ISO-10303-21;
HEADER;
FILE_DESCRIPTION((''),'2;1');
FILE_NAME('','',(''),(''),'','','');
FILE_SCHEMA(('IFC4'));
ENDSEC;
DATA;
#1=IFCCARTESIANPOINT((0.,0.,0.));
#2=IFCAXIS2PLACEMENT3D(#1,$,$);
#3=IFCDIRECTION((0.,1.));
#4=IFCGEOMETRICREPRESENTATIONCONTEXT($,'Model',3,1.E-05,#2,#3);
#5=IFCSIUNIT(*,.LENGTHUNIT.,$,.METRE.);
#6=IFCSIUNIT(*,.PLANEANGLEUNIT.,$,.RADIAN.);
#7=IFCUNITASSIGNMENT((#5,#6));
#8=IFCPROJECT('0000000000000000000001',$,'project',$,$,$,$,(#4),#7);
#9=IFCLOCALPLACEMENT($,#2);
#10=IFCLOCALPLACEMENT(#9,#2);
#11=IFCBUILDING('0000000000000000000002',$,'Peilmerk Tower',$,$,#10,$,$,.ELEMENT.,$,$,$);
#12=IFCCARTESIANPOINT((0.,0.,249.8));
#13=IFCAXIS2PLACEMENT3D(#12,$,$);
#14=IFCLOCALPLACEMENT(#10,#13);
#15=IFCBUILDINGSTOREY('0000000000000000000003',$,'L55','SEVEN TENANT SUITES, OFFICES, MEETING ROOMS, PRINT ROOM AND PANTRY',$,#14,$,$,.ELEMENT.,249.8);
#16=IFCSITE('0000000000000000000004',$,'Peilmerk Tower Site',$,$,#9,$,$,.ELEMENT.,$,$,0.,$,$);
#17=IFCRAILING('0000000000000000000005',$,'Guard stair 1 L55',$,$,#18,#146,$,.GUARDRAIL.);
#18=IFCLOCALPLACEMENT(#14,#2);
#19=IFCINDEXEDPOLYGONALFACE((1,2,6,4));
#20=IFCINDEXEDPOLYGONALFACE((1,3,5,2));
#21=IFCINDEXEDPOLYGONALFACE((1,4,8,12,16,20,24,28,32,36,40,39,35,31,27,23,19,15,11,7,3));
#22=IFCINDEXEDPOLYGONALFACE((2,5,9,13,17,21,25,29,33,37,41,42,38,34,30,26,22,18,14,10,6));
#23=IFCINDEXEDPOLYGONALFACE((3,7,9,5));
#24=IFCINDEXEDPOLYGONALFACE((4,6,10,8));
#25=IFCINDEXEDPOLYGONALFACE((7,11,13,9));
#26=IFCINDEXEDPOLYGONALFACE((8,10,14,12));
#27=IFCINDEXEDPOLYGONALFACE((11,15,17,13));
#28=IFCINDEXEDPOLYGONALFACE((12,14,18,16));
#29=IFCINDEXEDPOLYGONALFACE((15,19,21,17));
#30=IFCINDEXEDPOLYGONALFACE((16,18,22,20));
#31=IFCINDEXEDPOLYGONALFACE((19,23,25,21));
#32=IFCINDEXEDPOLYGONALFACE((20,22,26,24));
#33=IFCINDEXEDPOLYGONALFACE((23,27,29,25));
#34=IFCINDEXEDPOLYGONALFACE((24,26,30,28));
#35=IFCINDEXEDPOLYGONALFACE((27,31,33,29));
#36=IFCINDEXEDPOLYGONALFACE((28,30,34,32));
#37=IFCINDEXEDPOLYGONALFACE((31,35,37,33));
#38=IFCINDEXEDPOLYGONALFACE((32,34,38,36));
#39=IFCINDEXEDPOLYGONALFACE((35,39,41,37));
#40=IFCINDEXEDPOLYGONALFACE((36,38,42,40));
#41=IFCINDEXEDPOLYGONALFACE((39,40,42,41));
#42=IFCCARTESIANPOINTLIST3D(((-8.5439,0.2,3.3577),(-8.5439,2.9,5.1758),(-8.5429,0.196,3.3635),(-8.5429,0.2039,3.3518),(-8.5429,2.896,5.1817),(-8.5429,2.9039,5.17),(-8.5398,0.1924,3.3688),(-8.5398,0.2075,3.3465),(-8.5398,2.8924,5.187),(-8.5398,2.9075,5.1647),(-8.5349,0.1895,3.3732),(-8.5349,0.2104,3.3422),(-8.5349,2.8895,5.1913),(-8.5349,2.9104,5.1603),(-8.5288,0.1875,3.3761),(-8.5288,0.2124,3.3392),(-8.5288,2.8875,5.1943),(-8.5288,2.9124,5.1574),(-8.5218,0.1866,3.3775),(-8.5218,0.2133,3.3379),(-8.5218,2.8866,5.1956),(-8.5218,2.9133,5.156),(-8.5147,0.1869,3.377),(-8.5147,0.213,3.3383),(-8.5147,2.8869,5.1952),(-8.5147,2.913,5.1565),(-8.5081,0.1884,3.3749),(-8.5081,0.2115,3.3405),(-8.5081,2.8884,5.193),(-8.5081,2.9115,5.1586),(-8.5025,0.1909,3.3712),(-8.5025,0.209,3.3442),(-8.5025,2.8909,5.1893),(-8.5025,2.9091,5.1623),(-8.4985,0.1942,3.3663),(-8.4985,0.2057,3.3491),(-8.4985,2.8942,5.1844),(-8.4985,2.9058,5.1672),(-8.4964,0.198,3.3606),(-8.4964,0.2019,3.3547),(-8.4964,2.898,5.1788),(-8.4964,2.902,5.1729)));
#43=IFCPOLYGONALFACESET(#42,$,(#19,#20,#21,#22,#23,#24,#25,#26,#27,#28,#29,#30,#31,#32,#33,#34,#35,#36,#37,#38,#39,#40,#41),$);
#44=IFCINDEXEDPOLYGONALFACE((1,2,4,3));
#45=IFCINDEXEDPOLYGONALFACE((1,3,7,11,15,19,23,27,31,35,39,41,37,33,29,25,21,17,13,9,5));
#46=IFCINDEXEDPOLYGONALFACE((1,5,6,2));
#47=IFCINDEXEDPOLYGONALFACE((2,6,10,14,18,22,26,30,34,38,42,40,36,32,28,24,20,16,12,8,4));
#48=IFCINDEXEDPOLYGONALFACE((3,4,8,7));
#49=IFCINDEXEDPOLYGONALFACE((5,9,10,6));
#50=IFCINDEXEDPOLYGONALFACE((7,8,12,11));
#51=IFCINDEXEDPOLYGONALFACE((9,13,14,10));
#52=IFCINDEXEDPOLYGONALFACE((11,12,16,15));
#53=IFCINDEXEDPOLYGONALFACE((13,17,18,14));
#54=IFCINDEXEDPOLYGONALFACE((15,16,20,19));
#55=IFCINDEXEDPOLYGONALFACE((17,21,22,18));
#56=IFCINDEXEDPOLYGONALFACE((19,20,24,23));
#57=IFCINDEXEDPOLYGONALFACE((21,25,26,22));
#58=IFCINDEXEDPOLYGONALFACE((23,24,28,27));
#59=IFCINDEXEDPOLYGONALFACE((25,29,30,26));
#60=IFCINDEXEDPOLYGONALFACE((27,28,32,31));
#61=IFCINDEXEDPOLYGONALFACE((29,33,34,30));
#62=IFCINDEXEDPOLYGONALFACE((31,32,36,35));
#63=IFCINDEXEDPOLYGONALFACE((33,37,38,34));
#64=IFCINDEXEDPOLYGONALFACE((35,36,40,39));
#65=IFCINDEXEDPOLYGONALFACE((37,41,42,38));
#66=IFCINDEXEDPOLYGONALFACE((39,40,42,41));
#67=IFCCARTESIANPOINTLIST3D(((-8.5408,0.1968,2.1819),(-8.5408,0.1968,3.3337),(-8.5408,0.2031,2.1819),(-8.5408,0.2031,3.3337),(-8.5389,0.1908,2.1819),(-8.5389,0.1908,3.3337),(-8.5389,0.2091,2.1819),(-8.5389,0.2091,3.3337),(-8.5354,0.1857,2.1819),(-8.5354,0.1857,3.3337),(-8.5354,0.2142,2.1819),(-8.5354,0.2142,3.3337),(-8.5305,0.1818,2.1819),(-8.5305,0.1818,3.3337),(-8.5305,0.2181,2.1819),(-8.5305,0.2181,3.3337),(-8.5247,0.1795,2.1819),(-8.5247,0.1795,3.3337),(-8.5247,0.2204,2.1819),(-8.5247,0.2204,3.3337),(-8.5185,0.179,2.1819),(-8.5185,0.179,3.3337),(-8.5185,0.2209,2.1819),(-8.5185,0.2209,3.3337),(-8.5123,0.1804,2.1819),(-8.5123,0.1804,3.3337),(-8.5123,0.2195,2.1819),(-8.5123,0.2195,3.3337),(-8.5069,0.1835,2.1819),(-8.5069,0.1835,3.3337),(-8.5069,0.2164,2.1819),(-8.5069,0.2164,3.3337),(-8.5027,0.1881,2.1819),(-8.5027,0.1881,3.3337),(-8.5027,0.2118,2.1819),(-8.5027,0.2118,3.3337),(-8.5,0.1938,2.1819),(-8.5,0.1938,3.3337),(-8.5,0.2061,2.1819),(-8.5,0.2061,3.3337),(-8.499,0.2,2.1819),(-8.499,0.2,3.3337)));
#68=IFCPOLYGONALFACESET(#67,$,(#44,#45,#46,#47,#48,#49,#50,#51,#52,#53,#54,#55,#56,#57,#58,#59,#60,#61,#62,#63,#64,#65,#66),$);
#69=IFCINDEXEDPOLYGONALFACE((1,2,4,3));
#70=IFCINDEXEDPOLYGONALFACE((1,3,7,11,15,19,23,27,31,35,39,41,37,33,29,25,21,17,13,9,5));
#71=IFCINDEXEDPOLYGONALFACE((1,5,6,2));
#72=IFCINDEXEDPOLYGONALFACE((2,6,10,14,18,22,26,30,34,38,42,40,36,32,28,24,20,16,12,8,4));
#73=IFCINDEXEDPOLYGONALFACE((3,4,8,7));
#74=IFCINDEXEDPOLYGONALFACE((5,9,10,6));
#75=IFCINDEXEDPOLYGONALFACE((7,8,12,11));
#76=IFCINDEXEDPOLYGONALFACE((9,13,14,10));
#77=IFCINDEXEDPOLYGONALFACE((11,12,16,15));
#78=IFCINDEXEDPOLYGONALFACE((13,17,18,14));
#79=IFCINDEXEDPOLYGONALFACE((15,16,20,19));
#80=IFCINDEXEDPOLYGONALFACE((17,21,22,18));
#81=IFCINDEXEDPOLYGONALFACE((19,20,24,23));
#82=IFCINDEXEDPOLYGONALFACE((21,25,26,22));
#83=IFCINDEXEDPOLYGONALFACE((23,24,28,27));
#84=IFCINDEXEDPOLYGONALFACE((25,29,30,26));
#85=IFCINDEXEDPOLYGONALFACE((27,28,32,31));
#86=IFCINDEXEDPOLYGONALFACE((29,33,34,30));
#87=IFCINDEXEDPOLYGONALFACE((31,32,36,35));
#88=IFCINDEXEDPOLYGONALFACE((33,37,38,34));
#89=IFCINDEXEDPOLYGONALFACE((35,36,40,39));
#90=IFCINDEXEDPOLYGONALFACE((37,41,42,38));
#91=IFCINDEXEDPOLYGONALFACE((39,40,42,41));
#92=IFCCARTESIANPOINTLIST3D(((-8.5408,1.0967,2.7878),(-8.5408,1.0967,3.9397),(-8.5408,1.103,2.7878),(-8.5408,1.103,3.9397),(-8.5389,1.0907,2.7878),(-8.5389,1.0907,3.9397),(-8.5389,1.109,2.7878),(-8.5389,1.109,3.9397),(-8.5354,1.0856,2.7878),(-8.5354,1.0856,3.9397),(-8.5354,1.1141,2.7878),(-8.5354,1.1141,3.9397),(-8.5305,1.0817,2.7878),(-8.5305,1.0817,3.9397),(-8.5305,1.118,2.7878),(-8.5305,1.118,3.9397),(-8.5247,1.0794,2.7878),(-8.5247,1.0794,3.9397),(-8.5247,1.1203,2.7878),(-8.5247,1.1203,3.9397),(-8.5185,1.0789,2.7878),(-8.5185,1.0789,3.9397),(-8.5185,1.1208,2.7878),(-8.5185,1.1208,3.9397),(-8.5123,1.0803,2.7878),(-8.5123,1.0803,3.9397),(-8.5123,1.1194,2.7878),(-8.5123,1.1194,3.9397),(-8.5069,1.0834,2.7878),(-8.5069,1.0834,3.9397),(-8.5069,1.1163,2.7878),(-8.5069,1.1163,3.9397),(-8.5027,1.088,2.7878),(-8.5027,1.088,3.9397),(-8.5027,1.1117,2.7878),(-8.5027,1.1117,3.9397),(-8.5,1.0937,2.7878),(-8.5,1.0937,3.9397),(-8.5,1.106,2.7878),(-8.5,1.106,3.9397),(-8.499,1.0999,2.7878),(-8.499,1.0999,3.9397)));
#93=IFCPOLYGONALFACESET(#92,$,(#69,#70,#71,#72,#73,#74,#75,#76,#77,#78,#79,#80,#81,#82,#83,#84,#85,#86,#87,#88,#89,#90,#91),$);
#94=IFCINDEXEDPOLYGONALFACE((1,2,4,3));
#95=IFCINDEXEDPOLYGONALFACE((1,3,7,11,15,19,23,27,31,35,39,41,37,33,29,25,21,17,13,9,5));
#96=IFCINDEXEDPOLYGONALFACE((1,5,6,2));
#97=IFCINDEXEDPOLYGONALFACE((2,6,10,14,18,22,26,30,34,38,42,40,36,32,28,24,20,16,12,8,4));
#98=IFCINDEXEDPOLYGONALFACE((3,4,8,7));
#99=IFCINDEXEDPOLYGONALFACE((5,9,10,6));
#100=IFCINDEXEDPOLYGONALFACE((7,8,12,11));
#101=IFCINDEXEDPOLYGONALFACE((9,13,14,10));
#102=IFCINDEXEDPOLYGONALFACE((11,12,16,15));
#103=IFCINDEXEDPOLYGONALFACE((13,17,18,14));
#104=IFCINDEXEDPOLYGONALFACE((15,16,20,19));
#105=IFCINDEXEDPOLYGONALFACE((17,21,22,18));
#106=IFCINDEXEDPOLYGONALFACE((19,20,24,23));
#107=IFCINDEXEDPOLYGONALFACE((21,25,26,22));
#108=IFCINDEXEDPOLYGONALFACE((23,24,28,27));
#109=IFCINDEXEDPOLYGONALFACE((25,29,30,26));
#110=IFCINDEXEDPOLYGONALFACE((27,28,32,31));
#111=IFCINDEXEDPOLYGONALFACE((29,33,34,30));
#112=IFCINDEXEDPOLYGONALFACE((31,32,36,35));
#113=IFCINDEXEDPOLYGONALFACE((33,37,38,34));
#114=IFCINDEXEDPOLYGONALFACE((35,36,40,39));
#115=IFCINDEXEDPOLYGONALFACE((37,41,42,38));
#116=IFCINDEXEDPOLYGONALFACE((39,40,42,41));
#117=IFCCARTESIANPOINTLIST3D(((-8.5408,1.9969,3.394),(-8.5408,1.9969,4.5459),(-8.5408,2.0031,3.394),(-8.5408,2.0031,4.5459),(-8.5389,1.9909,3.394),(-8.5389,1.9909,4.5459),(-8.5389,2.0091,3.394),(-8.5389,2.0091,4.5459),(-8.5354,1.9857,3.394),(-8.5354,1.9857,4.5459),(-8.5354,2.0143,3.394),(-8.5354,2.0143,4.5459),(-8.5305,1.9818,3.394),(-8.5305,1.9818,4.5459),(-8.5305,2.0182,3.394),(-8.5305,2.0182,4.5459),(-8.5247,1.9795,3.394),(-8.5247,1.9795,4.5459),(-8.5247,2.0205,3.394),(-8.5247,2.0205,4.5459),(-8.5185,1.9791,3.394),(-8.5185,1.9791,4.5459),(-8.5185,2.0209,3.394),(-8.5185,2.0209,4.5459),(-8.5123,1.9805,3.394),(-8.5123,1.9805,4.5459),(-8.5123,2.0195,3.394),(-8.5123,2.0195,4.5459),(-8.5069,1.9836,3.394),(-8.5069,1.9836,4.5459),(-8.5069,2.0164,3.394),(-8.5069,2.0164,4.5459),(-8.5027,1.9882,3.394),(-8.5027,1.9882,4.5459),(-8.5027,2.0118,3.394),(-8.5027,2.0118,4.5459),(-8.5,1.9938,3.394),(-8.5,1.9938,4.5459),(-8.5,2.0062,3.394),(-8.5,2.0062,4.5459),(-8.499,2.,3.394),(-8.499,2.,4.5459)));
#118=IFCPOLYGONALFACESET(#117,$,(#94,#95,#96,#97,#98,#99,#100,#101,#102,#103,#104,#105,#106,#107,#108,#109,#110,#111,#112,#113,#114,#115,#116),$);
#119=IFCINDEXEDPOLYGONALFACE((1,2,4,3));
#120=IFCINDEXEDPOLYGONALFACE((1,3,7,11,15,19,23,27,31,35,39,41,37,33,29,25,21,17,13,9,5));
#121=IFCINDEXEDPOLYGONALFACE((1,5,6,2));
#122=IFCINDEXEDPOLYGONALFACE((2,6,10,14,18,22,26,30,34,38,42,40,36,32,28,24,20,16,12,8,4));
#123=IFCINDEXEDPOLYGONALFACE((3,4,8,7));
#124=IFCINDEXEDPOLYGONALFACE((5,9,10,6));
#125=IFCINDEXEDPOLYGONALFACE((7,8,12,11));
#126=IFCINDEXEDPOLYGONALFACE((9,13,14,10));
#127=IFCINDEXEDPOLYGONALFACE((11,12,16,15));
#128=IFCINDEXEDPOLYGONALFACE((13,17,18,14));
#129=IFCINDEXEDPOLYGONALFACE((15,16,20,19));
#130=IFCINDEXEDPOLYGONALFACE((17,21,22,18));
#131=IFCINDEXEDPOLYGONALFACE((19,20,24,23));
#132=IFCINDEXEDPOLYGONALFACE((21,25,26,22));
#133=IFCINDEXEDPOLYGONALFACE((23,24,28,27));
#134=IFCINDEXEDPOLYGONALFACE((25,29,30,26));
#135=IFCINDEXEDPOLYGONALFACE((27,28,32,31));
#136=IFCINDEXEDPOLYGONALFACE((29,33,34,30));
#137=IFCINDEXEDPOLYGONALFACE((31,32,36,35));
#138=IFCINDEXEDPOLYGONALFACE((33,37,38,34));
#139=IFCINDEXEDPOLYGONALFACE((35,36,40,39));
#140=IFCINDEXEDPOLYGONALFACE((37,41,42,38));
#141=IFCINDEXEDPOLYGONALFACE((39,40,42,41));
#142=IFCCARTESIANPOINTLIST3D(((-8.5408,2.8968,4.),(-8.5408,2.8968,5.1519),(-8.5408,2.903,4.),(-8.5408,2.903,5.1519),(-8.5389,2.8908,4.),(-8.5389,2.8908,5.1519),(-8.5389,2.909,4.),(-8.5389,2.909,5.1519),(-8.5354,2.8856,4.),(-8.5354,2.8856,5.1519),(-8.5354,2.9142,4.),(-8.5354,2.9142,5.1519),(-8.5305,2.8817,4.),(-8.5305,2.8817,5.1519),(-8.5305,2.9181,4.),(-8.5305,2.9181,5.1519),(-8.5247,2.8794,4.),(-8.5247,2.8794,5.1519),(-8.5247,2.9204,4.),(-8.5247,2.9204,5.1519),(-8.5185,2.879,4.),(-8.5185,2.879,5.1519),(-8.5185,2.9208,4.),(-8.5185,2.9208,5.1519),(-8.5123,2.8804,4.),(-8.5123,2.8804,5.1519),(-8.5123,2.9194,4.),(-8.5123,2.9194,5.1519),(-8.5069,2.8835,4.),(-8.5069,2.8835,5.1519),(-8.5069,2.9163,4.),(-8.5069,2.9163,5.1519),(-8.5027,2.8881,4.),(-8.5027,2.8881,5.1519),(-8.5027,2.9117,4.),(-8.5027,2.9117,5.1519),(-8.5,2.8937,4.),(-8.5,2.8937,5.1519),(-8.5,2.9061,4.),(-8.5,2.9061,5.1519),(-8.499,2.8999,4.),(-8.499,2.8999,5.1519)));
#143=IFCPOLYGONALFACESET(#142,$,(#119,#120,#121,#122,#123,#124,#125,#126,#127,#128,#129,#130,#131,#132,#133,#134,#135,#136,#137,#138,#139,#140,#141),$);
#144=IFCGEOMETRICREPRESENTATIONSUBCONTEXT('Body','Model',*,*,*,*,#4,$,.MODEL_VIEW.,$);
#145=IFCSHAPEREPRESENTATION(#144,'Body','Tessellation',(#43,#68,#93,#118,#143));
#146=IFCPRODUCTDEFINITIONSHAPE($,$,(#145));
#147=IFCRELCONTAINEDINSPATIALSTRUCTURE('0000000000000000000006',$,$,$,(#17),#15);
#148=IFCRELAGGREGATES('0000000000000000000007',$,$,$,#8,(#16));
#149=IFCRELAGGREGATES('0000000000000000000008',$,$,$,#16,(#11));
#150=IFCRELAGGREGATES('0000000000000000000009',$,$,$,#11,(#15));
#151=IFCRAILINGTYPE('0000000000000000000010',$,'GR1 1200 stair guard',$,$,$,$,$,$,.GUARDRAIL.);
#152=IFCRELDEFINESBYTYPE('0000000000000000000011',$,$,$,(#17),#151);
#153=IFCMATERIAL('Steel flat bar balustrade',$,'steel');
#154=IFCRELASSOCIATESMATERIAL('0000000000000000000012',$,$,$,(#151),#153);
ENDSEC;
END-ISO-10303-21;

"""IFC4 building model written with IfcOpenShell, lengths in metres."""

from ifc_helpers import new_model, si_unit, direction, frame, origin, origin_2d, place, context, subcontext, project, spatial, circle, extrude, material, type_object, element, save


model = new_model("IFC4")

# Units and contexts
model_context = context("Model", 3, precision=1e-05, world=origin(), true_north=direction((0.0, 1.0)))
body_context = subcontext(model_context, "Body", "Model", "MODEL_VIEW")
ifc_project = project(units=[si_unit("LENGTHUNIT", "METRE"), si_unit("PLANEANGLEUNIT", "RADIAN")], contexts=[model_context])

# Site, building, storey
site_placement = place(None, origin())
site = spatial("IfcSite", under=ifc_project, at=site_placement, Name="Peilmerk Tower Site", CompositionType="ELEMENT", RefElevation=0.0)
building_placement = place(site_placement, origin())
building = spatial("IfcBuilding", under=site, at=building_placement, Name="Peilmerk Tower", CompositionType="ELEMENT")
storey_placement = place(building_placement, frame((0.0, 0.0, 249.8)))
storey = spatial("IfcBuildingStorey", under=building, at=storey_placement, Name="L55", Description="SEVEN TENANT SUITES, OFFICES, MEETING ROOMS, PRINT ROOM AND PANTRY", CompositionType="ELEMENT", Elevation=249.8)

# Railing
ifc_material_1 = material(Name="Steel flat bar balustrade", Category="steel")
railing_type_1 = type_object("IfcRailingType", Name="GR1 1200 stair guard", PredefinedType="GUARDRAIL", material=ifc_material_1)
railing_1_placement = place(storey_placement, frame((-8.52, 0.2, 2.1819)))
element("IfcRailing", 1, at=railing_1_placement, inside=storey, type_object=railing_type_1, Name="Guard stair 1 L55", PredefinedType="GUARDRAIL", context=body_context, shape_type="SweptSolid", body=[
    extrude(circle(Radius=0.0239, at=origin_2d()), frame((0.0, 0.0, 1.1758), z_axis=(0.0, 0.829468, 0.558554), x_axis=(-1.0, 0.0, 0.0)), (0.0, 0.0, 1.0), 3.2551),
    extrude(circle(Radius=0.021, at=origin_2d()), origin(), (0.0, 0.0, 1.0), 1.1519),
    extrude(circle(Radius=0.021, at=origin_2d()), frame((0.0, 0.8999, 0.606)), (0.0, 0.0, 1.0), 1.1519),
    extrude(circle(Radius=0.021, at=origin_2d()), frame((0.0, 1.8, 1.2122)), (0.0, 0.0, 1.0), 1.1519),
    extrude(circle(Radius=0.021, at=origin_2d()), frame((0.0, 2.7, 1.8181)), (0.0, 0.0, 1.0), 1.1519),
])

save(model, "model.ifc")
